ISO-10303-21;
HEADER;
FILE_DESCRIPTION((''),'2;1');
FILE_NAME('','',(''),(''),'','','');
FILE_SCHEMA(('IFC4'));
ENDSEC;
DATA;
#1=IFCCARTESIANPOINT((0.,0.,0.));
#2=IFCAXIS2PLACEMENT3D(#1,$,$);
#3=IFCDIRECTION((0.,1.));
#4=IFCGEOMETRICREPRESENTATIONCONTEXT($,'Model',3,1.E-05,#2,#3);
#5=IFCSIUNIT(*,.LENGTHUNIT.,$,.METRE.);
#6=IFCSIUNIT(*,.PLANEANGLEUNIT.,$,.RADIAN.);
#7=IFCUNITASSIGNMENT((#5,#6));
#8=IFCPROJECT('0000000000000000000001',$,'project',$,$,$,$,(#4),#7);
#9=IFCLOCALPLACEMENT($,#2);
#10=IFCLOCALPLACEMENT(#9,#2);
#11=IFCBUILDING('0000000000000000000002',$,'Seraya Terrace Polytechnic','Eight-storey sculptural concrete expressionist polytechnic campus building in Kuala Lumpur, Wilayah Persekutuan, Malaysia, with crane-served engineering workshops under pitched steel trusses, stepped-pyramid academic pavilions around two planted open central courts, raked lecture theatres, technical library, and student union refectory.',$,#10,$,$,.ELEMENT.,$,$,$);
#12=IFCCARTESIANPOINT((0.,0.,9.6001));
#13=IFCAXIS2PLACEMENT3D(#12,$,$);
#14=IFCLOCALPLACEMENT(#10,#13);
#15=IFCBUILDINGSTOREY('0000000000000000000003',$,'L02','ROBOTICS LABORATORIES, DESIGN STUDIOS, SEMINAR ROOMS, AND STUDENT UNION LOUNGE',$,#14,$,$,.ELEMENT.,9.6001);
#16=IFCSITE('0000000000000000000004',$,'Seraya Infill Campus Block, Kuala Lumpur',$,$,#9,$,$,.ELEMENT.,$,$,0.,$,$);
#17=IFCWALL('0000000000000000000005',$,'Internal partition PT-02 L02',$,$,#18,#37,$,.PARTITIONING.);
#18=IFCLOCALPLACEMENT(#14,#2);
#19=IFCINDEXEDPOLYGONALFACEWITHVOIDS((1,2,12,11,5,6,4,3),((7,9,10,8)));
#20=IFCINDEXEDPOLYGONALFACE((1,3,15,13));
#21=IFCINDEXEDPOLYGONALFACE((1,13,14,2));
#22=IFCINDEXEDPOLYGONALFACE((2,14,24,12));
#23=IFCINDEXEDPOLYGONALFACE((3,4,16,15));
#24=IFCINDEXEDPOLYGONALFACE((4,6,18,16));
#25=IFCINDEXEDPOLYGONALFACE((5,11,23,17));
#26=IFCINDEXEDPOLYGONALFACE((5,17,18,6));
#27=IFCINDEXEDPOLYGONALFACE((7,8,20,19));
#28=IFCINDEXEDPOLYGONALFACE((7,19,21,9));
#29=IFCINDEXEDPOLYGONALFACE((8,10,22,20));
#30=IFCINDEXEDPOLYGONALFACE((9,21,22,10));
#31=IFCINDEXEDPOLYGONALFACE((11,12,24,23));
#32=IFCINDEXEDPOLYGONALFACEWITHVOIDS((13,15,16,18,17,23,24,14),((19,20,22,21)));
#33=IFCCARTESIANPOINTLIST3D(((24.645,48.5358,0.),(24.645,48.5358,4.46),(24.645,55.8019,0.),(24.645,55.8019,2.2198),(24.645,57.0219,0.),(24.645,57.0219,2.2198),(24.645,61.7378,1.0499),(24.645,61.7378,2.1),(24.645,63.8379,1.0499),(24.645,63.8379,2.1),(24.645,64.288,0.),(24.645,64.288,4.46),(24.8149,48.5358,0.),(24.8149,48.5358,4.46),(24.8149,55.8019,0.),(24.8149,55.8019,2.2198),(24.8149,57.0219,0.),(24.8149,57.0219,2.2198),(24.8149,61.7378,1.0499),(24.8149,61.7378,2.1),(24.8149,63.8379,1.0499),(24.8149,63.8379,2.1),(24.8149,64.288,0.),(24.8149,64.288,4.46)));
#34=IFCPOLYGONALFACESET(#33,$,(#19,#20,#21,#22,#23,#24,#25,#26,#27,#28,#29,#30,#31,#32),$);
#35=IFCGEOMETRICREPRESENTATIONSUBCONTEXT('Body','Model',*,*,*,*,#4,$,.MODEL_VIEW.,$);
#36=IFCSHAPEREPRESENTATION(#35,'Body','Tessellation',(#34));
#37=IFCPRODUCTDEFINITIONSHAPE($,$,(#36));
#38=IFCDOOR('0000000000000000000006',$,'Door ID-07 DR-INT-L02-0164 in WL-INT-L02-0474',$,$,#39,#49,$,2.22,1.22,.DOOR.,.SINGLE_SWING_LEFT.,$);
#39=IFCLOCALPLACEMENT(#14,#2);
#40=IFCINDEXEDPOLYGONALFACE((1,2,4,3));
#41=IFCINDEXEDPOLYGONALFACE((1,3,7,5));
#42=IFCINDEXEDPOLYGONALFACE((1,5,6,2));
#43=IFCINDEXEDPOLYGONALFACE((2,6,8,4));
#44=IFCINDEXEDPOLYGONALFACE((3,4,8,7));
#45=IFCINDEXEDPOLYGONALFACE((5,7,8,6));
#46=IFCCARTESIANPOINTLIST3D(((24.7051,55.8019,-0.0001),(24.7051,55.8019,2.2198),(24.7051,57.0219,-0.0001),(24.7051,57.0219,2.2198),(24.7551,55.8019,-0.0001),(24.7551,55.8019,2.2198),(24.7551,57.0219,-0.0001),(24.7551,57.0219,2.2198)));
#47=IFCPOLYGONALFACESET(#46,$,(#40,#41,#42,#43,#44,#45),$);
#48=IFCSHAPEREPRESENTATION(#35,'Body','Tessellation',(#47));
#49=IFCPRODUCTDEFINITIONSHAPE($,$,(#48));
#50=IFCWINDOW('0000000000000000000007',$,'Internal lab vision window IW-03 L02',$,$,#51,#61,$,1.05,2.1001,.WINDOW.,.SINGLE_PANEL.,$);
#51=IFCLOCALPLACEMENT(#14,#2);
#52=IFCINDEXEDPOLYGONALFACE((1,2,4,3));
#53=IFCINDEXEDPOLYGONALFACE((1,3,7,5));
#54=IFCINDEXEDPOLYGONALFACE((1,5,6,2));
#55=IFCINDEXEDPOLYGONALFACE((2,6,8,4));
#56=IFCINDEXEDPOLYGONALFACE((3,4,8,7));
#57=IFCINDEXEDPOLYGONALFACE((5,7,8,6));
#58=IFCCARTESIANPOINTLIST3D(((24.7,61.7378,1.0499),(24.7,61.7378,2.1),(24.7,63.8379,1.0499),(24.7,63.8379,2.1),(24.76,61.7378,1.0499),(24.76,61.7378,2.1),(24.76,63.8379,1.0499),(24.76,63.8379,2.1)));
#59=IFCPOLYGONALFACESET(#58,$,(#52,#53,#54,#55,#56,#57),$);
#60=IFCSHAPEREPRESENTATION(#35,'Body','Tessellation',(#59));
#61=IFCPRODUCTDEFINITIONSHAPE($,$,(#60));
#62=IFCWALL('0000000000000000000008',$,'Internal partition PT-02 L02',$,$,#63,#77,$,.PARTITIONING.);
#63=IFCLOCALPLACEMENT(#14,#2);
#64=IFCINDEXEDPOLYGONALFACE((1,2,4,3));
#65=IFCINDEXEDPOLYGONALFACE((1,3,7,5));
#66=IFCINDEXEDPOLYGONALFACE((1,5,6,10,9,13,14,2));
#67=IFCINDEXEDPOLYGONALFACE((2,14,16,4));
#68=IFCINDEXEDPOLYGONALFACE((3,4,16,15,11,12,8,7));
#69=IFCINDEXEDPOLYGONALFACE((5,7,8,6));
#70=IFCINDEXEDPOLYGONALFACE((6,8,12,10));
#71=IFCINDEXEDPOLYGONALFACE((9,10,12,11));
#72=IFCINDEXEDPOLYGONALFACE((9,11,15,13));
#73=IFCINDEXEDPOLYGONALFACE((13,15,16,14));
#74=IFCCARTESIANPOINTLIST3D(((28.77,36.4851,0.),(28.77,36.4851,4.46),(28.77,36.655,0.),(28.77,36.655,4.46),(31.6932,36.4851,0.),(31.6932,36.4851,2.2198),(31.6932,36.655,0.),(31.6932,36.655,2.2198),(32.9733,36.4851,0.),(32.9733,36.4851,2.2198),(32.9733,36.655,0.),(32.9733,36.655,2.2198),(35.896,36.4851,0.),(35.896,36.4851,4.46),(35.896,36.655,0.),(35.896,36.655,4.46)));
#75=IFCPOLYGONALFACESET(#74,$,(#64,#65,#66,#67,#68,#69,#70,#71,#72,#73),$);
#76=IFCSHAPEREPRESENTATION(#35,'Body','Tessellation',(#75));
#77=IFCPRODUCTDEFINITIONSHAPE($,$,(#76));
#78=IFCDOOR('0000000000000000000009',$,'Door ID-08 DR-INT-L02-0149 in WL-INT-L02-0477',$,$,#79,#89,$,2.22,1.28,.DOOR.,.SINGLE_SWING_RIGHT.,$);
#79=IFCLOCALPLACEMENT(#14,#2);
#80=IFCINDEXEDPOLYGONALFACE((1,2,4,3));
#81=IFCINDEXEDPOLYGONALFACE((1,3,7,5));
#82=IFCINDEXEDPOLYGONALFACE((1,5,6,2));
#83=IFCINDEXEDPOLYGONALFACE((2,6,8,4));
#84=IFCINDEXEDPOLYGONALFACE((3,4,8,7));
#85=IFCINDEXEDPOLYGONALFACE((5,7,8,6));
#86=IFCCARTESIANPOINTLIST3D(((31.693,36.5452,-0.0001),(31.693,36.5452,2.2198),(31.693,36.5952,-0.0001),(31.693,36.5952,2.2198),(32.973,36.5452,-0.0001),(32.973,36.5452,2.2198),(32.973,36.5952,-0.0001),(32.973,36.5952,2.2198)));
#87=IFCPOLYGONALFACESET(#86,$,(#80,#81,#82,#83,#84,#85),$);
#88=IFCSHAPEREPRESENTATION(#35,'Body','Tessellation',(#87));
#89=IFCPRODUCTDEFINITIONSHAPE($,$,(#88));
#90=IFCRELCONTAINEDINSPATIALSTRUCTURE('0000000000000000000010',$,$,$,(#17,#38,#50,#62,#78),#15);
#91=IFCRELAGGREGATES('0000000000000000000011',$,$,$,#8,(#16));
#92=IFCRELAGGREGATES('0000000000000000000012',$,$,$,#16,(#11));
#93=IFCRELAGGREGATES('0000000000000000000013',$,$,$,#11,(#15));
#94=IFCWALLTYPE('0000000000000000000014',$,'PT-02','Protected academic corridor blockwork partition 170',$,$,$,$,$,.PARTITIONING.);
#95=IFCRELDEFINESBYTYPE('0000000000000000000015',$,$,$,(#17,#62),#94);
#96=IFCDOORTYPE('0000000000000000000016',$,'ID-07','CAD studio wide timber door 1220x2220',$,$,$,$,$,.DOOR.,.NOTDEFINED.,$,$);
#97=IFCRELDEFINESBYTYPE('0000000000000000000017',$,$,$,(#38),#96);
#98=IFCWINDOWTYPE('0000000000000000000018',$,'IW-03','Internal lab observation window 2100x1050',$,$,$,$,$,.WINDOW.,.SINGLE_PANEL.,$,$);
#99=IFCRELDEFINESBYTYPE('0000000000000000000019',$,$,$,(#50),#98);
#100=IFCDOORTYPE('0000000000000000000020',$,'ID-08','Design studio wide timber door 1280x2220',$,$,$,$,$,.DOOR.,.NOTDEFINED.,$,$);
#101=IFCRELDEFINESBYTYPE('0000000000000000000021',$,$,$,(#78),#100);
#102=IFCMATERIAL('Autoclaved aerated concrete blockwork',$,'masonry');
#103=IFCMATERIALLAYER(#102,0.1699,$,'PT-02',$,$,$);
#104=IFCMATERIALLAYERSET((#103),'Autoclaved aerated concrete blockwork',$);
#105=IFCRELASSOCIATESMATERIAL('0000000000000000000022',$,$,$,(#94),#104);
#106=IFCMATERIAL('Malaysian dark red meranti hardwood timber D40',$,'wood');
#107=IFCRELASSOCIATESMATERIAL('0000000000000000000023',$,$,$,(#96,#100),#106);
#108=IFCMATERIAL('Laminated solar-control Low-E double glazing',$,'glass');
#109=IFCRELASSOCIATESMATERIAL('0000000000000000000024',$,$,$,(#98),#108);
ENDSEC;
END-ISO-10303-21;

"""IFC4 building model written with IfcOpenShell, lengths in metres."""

from ifc_helpers import new_model, si_unit, direction, frame, frame_2d, origin, place, context, subcontext, project, spatial, rectangle, extrude, material, layer, layer_set, type_object, element, fill, save


model = new_model("IFC4")

# Units and contexts
model_context = context("Model", 3, precision=1e-05, world=origin(), true_north=direction((0.0, 1.0)))
body_context = subcontext(model_context, "Body", "Model", "MODEL_VIEW")
ifc_project = project(units=[si_unit("LENGTHUNIT", "METRE"), si_unit("PLANEANGLEUNIT", "RADIAN")], contexts=[model_context])

# Site, building, storey
site_placement = place(None, origin())
site = spatial("IfcSite", under=ifc_project, at=site_placement, Name="Seraya Infill Campus Block, Kuala Lumpur", CompositionType="ELEMENT", RefElevation=0.0)
building_placement = place(site_placement, origin())
building = spatial("IfcBuilding", under=site, at=building_placement, Name="Seraya Terrace Polytechnic", Description="Eight-storey sculptural concrete expressionist polytechnic campus building in Kuala Lumpur, Wilayah Persekutuan, Malaysia, with crane-served engineering workshops under pitched steel trusses, stepped-pyramid academic pavilions around two planted open central courts, raked lecture theatres, technical library, and student union refectory.", CompositionType="ELEMENT")
storey_placement = place(building_placement, frame((0.0, 0.0, 9.6001)))
storey = spatial("IfcBuildingStorey", under=building, at=storey_placement, Name="L02", Description="ROBOTICS LABORATORIES, DESIGN STUDIOS, SEMINAR ROOMS, AND STUDENT UNION LOUNGE", CompositionType="ELEMENT", Elevation=9.6001)

# Shared definitions
ifc_material_1 = material(Name="Autoclaved aerated concrete blockwork", Category="masonry")
ifc_layer = layer(ifc_material_1, 0.1699, Name="PT-02")
ifc_layer_set = layer_set([ifc_layer], Name="Autoclaved aerated concrete blockwork")
wall_type = type_object("IfcWallType", Name="PT-02", Description="Protected academic corridor blockwork partition 170", PredefinedType="PARTITIONING", material=ifc_layer_set)

# Wall, openings, door, window
wall_1_placement = place(storey_placement, frame((24.73, 48.5359, 0.0), z_axis=(0.0, 0.0, 1.0), x_axis=(0.0, 1.0, 0.0)))
wall_1 = element("IfcWall", 1, at=wall_1_placement, inside=storey, type_object=wall_type, Name="Internal partition PT-02 L02", PredefinedType="PARTITIONING", context=body_context, shape_type="SweptSolid", body=[
    extrude(rectangle(XDim=15.7522, YDim=0.1699, at=frame_2d((7.876, 0.0))), origin(), (0.0, 0.0, 1.0), 4.46),
])
opening_1_placement = place(wall_1_placement, frame((7.2661, 0.0, 0.0)))
opening_1 = element("IfcOpeningElement", 2, at=opening_1_placement, cuts=wall_1, PredefinedType="OPENING", context=body_context, shape_type="SweptSolid", body=[
    extrude(rectangle(XDim=1.22, YDim=2.22, at=frame_2d((0.6099, 1.1099))), frame((0.0, 0.0969, 0.0), z_axis=(0.0, -1.0, 0.0), x_axis=(1.0, 0.0, 0.0)), (0.0, 0.0, 1.0), 0.1938),
])
opening_2_placement = place(wall_1_placement, frame((13.2019, 0.0, 1.05)))
opening_2 = element("IfcOpeningElement", 3, at=opening_2_placement, cuts=wall_1, PredefinedType="OPENING", context=body_context, shape_type="SweptSolid", body=[
    extrude(rectangle(XDim=2.1001, YDim=1.05, at=frame_2d((1.05, 0.5249))), frame((0.0, 0.0969, 0.0), z_axis=(0.0, -1.0, 0.0), x_axis=(1.0, 0.0, 0.0)), (0.0, 0.0, 1.0), 0.1938),
])
ifc_material_2 = material(Name="Malaysian dark red meranti hardwood timber D40", Category="wood")
door_type_1 = type_object("IfcDoorType", Name="ID-07", Description="CAD studio wide timber door 1220x2220", OperationType="NOTDEFINED", PredefinedType="DOOR", material=ifc_material_2)
door_1_placement = place(opening_1_placement, origin())
door_1 = element("IfcDoor", 4, at=door_1_placement, inside=storey, type_object=door_type_1, Name="Door ID-07 DR-INT-L02-0164 in WL-INT-L02-0474", OperationType="SINGLE_SWING_LEFT", OverallHeight=2.22, OverallWidth=1.22, PredefinedType="DOOR", context=body_context, shape_type="SweptSolid", body=[
    extrude(rectangle(XDim=1.22, YDim=2.22, at=frame_2d((0.6099, 1.1099))), frame((0.0, 0.0249, 0.0), z_axis=(0.0, -1.0, 0.0), x_axis=(1.0, 0.0, 0.0)), (0.0, 0.0, 1.0), 0.05),
])
fill(opening_1, door_1)
ifc_material_3 = material(Name="Laminated solar-control Low-E double glazing", Category="glass")
window_type = type_object("IfcWindowType", Name="IW-03", Description="Internal lab observation window 2100x1050", PartitioningType="SINGLE_PANEL", PredefinedType="WINDOW", material=ifc_material_3)
window_placement = place(opening_2_placement, origin())
window = element("IfcWindow", 5, at=window_placement, inside=storey, type_object=window_type, Name="Internal lab vision window IW-03 L02", OverallHeight=1.05, OverallWidth=2.1001, PartitioningType="SINGLE_PANEL", PredefinedType="WINDOW", context=body_context, shape_type="SweptSolid", body=[
    extrude(rectangle(XDim=2.1001, YDim=1.05, at=frame_2d((1.05, 0.5249))), frame((0.0, 0.03, 0.0), z_axis=(0.0, -1.0, 0.0), x_axis=(1.0, 0.0, 0.0)), (0.0, 0.0, 1.0), 0.0601),
])
fill(opening_2, window)

# Wall, opening, door
wall_2_placement = place(storey_placement, frame((28.77, 36.5701, 0.0), z_axis=(0.0, 0.0, 1.0), x_axis=(1.0, 0.0, 0.0)))
wall_2 = element("IfcWall", 6, at=wall_2_placement, inside=storey, type_object=wall_type, Name="Internal partition PT-02 L02", PredefinedType="PARTITIONING", context=body_context, shape_type="SweptSolid", body=[
    extrude(rectangle(XDim=7.126, YDim=0.1699, at=frame_2d((3.563, 0.0))), origin(), (0.0, 0.0, 1.0), 4.46),
])
opening_3_placement = place(wall_2_placement, frame((2.9231, 0.0, 0.0)))
opening_3 = element("IfcOpeningElement", 7, at=opening_3_placement, cuts=wall_2, PredefinedType="OPENING", context=body_context, shape_type="SweptSolid", body=[
    extrude(rectangle(XDim=1.28, YDim=2.22, at=frame_2d((0.6401, 1.1099))), frame((0.0, 0.0969, 0.0), z_axis=(0.0, -1.0, 0.0), x_axis=(1.0, 0.0, 0.0)), (0.0, 0.0, 1.0), 0.1938),
])
door_type_2 = type_object("IfcDoorType", Name="ID-08", Description="Design studio wide timber door 1280x2220", OperationType="NOTDEFINED", PredefinedType="DOOR", material=ifc_material_2)
door_2_placement = place(opening_3_placement, frame((1.28, 0.0, 0.0), z_axis=(0.0, 0.0, 1.0), x_axis=(-1.0, 0.0, 0.0)))
door_2 = element("IfcDoor", 8, at=door_2_placement, inside=storey, type_object=door_type_2, Name="Door ID-08 DR-INT-L02-0149 in WL-INT-L02-0477", OperationType="SINGLE_SWING_RIGHT", OverallHeight=2.22, OverallWidth=1.28, PredefinedType="DOOR", context=body_context, shape_type="SweptSolid", body=[
    extrude(rectangle(XDim=1.28, YDim=2.22, at=frame_2d((0.6401, 1.1099))), frame((0.0, 0.0249, 0.0), z_axis=(0.0, -1.0, 0.0), x_axis=(1.0, 0.0, 0.0)), (0.0, 0.0, 1.0), 0.05),
])
fill(opening_3, door_2)

save(model, "model.ifc")
